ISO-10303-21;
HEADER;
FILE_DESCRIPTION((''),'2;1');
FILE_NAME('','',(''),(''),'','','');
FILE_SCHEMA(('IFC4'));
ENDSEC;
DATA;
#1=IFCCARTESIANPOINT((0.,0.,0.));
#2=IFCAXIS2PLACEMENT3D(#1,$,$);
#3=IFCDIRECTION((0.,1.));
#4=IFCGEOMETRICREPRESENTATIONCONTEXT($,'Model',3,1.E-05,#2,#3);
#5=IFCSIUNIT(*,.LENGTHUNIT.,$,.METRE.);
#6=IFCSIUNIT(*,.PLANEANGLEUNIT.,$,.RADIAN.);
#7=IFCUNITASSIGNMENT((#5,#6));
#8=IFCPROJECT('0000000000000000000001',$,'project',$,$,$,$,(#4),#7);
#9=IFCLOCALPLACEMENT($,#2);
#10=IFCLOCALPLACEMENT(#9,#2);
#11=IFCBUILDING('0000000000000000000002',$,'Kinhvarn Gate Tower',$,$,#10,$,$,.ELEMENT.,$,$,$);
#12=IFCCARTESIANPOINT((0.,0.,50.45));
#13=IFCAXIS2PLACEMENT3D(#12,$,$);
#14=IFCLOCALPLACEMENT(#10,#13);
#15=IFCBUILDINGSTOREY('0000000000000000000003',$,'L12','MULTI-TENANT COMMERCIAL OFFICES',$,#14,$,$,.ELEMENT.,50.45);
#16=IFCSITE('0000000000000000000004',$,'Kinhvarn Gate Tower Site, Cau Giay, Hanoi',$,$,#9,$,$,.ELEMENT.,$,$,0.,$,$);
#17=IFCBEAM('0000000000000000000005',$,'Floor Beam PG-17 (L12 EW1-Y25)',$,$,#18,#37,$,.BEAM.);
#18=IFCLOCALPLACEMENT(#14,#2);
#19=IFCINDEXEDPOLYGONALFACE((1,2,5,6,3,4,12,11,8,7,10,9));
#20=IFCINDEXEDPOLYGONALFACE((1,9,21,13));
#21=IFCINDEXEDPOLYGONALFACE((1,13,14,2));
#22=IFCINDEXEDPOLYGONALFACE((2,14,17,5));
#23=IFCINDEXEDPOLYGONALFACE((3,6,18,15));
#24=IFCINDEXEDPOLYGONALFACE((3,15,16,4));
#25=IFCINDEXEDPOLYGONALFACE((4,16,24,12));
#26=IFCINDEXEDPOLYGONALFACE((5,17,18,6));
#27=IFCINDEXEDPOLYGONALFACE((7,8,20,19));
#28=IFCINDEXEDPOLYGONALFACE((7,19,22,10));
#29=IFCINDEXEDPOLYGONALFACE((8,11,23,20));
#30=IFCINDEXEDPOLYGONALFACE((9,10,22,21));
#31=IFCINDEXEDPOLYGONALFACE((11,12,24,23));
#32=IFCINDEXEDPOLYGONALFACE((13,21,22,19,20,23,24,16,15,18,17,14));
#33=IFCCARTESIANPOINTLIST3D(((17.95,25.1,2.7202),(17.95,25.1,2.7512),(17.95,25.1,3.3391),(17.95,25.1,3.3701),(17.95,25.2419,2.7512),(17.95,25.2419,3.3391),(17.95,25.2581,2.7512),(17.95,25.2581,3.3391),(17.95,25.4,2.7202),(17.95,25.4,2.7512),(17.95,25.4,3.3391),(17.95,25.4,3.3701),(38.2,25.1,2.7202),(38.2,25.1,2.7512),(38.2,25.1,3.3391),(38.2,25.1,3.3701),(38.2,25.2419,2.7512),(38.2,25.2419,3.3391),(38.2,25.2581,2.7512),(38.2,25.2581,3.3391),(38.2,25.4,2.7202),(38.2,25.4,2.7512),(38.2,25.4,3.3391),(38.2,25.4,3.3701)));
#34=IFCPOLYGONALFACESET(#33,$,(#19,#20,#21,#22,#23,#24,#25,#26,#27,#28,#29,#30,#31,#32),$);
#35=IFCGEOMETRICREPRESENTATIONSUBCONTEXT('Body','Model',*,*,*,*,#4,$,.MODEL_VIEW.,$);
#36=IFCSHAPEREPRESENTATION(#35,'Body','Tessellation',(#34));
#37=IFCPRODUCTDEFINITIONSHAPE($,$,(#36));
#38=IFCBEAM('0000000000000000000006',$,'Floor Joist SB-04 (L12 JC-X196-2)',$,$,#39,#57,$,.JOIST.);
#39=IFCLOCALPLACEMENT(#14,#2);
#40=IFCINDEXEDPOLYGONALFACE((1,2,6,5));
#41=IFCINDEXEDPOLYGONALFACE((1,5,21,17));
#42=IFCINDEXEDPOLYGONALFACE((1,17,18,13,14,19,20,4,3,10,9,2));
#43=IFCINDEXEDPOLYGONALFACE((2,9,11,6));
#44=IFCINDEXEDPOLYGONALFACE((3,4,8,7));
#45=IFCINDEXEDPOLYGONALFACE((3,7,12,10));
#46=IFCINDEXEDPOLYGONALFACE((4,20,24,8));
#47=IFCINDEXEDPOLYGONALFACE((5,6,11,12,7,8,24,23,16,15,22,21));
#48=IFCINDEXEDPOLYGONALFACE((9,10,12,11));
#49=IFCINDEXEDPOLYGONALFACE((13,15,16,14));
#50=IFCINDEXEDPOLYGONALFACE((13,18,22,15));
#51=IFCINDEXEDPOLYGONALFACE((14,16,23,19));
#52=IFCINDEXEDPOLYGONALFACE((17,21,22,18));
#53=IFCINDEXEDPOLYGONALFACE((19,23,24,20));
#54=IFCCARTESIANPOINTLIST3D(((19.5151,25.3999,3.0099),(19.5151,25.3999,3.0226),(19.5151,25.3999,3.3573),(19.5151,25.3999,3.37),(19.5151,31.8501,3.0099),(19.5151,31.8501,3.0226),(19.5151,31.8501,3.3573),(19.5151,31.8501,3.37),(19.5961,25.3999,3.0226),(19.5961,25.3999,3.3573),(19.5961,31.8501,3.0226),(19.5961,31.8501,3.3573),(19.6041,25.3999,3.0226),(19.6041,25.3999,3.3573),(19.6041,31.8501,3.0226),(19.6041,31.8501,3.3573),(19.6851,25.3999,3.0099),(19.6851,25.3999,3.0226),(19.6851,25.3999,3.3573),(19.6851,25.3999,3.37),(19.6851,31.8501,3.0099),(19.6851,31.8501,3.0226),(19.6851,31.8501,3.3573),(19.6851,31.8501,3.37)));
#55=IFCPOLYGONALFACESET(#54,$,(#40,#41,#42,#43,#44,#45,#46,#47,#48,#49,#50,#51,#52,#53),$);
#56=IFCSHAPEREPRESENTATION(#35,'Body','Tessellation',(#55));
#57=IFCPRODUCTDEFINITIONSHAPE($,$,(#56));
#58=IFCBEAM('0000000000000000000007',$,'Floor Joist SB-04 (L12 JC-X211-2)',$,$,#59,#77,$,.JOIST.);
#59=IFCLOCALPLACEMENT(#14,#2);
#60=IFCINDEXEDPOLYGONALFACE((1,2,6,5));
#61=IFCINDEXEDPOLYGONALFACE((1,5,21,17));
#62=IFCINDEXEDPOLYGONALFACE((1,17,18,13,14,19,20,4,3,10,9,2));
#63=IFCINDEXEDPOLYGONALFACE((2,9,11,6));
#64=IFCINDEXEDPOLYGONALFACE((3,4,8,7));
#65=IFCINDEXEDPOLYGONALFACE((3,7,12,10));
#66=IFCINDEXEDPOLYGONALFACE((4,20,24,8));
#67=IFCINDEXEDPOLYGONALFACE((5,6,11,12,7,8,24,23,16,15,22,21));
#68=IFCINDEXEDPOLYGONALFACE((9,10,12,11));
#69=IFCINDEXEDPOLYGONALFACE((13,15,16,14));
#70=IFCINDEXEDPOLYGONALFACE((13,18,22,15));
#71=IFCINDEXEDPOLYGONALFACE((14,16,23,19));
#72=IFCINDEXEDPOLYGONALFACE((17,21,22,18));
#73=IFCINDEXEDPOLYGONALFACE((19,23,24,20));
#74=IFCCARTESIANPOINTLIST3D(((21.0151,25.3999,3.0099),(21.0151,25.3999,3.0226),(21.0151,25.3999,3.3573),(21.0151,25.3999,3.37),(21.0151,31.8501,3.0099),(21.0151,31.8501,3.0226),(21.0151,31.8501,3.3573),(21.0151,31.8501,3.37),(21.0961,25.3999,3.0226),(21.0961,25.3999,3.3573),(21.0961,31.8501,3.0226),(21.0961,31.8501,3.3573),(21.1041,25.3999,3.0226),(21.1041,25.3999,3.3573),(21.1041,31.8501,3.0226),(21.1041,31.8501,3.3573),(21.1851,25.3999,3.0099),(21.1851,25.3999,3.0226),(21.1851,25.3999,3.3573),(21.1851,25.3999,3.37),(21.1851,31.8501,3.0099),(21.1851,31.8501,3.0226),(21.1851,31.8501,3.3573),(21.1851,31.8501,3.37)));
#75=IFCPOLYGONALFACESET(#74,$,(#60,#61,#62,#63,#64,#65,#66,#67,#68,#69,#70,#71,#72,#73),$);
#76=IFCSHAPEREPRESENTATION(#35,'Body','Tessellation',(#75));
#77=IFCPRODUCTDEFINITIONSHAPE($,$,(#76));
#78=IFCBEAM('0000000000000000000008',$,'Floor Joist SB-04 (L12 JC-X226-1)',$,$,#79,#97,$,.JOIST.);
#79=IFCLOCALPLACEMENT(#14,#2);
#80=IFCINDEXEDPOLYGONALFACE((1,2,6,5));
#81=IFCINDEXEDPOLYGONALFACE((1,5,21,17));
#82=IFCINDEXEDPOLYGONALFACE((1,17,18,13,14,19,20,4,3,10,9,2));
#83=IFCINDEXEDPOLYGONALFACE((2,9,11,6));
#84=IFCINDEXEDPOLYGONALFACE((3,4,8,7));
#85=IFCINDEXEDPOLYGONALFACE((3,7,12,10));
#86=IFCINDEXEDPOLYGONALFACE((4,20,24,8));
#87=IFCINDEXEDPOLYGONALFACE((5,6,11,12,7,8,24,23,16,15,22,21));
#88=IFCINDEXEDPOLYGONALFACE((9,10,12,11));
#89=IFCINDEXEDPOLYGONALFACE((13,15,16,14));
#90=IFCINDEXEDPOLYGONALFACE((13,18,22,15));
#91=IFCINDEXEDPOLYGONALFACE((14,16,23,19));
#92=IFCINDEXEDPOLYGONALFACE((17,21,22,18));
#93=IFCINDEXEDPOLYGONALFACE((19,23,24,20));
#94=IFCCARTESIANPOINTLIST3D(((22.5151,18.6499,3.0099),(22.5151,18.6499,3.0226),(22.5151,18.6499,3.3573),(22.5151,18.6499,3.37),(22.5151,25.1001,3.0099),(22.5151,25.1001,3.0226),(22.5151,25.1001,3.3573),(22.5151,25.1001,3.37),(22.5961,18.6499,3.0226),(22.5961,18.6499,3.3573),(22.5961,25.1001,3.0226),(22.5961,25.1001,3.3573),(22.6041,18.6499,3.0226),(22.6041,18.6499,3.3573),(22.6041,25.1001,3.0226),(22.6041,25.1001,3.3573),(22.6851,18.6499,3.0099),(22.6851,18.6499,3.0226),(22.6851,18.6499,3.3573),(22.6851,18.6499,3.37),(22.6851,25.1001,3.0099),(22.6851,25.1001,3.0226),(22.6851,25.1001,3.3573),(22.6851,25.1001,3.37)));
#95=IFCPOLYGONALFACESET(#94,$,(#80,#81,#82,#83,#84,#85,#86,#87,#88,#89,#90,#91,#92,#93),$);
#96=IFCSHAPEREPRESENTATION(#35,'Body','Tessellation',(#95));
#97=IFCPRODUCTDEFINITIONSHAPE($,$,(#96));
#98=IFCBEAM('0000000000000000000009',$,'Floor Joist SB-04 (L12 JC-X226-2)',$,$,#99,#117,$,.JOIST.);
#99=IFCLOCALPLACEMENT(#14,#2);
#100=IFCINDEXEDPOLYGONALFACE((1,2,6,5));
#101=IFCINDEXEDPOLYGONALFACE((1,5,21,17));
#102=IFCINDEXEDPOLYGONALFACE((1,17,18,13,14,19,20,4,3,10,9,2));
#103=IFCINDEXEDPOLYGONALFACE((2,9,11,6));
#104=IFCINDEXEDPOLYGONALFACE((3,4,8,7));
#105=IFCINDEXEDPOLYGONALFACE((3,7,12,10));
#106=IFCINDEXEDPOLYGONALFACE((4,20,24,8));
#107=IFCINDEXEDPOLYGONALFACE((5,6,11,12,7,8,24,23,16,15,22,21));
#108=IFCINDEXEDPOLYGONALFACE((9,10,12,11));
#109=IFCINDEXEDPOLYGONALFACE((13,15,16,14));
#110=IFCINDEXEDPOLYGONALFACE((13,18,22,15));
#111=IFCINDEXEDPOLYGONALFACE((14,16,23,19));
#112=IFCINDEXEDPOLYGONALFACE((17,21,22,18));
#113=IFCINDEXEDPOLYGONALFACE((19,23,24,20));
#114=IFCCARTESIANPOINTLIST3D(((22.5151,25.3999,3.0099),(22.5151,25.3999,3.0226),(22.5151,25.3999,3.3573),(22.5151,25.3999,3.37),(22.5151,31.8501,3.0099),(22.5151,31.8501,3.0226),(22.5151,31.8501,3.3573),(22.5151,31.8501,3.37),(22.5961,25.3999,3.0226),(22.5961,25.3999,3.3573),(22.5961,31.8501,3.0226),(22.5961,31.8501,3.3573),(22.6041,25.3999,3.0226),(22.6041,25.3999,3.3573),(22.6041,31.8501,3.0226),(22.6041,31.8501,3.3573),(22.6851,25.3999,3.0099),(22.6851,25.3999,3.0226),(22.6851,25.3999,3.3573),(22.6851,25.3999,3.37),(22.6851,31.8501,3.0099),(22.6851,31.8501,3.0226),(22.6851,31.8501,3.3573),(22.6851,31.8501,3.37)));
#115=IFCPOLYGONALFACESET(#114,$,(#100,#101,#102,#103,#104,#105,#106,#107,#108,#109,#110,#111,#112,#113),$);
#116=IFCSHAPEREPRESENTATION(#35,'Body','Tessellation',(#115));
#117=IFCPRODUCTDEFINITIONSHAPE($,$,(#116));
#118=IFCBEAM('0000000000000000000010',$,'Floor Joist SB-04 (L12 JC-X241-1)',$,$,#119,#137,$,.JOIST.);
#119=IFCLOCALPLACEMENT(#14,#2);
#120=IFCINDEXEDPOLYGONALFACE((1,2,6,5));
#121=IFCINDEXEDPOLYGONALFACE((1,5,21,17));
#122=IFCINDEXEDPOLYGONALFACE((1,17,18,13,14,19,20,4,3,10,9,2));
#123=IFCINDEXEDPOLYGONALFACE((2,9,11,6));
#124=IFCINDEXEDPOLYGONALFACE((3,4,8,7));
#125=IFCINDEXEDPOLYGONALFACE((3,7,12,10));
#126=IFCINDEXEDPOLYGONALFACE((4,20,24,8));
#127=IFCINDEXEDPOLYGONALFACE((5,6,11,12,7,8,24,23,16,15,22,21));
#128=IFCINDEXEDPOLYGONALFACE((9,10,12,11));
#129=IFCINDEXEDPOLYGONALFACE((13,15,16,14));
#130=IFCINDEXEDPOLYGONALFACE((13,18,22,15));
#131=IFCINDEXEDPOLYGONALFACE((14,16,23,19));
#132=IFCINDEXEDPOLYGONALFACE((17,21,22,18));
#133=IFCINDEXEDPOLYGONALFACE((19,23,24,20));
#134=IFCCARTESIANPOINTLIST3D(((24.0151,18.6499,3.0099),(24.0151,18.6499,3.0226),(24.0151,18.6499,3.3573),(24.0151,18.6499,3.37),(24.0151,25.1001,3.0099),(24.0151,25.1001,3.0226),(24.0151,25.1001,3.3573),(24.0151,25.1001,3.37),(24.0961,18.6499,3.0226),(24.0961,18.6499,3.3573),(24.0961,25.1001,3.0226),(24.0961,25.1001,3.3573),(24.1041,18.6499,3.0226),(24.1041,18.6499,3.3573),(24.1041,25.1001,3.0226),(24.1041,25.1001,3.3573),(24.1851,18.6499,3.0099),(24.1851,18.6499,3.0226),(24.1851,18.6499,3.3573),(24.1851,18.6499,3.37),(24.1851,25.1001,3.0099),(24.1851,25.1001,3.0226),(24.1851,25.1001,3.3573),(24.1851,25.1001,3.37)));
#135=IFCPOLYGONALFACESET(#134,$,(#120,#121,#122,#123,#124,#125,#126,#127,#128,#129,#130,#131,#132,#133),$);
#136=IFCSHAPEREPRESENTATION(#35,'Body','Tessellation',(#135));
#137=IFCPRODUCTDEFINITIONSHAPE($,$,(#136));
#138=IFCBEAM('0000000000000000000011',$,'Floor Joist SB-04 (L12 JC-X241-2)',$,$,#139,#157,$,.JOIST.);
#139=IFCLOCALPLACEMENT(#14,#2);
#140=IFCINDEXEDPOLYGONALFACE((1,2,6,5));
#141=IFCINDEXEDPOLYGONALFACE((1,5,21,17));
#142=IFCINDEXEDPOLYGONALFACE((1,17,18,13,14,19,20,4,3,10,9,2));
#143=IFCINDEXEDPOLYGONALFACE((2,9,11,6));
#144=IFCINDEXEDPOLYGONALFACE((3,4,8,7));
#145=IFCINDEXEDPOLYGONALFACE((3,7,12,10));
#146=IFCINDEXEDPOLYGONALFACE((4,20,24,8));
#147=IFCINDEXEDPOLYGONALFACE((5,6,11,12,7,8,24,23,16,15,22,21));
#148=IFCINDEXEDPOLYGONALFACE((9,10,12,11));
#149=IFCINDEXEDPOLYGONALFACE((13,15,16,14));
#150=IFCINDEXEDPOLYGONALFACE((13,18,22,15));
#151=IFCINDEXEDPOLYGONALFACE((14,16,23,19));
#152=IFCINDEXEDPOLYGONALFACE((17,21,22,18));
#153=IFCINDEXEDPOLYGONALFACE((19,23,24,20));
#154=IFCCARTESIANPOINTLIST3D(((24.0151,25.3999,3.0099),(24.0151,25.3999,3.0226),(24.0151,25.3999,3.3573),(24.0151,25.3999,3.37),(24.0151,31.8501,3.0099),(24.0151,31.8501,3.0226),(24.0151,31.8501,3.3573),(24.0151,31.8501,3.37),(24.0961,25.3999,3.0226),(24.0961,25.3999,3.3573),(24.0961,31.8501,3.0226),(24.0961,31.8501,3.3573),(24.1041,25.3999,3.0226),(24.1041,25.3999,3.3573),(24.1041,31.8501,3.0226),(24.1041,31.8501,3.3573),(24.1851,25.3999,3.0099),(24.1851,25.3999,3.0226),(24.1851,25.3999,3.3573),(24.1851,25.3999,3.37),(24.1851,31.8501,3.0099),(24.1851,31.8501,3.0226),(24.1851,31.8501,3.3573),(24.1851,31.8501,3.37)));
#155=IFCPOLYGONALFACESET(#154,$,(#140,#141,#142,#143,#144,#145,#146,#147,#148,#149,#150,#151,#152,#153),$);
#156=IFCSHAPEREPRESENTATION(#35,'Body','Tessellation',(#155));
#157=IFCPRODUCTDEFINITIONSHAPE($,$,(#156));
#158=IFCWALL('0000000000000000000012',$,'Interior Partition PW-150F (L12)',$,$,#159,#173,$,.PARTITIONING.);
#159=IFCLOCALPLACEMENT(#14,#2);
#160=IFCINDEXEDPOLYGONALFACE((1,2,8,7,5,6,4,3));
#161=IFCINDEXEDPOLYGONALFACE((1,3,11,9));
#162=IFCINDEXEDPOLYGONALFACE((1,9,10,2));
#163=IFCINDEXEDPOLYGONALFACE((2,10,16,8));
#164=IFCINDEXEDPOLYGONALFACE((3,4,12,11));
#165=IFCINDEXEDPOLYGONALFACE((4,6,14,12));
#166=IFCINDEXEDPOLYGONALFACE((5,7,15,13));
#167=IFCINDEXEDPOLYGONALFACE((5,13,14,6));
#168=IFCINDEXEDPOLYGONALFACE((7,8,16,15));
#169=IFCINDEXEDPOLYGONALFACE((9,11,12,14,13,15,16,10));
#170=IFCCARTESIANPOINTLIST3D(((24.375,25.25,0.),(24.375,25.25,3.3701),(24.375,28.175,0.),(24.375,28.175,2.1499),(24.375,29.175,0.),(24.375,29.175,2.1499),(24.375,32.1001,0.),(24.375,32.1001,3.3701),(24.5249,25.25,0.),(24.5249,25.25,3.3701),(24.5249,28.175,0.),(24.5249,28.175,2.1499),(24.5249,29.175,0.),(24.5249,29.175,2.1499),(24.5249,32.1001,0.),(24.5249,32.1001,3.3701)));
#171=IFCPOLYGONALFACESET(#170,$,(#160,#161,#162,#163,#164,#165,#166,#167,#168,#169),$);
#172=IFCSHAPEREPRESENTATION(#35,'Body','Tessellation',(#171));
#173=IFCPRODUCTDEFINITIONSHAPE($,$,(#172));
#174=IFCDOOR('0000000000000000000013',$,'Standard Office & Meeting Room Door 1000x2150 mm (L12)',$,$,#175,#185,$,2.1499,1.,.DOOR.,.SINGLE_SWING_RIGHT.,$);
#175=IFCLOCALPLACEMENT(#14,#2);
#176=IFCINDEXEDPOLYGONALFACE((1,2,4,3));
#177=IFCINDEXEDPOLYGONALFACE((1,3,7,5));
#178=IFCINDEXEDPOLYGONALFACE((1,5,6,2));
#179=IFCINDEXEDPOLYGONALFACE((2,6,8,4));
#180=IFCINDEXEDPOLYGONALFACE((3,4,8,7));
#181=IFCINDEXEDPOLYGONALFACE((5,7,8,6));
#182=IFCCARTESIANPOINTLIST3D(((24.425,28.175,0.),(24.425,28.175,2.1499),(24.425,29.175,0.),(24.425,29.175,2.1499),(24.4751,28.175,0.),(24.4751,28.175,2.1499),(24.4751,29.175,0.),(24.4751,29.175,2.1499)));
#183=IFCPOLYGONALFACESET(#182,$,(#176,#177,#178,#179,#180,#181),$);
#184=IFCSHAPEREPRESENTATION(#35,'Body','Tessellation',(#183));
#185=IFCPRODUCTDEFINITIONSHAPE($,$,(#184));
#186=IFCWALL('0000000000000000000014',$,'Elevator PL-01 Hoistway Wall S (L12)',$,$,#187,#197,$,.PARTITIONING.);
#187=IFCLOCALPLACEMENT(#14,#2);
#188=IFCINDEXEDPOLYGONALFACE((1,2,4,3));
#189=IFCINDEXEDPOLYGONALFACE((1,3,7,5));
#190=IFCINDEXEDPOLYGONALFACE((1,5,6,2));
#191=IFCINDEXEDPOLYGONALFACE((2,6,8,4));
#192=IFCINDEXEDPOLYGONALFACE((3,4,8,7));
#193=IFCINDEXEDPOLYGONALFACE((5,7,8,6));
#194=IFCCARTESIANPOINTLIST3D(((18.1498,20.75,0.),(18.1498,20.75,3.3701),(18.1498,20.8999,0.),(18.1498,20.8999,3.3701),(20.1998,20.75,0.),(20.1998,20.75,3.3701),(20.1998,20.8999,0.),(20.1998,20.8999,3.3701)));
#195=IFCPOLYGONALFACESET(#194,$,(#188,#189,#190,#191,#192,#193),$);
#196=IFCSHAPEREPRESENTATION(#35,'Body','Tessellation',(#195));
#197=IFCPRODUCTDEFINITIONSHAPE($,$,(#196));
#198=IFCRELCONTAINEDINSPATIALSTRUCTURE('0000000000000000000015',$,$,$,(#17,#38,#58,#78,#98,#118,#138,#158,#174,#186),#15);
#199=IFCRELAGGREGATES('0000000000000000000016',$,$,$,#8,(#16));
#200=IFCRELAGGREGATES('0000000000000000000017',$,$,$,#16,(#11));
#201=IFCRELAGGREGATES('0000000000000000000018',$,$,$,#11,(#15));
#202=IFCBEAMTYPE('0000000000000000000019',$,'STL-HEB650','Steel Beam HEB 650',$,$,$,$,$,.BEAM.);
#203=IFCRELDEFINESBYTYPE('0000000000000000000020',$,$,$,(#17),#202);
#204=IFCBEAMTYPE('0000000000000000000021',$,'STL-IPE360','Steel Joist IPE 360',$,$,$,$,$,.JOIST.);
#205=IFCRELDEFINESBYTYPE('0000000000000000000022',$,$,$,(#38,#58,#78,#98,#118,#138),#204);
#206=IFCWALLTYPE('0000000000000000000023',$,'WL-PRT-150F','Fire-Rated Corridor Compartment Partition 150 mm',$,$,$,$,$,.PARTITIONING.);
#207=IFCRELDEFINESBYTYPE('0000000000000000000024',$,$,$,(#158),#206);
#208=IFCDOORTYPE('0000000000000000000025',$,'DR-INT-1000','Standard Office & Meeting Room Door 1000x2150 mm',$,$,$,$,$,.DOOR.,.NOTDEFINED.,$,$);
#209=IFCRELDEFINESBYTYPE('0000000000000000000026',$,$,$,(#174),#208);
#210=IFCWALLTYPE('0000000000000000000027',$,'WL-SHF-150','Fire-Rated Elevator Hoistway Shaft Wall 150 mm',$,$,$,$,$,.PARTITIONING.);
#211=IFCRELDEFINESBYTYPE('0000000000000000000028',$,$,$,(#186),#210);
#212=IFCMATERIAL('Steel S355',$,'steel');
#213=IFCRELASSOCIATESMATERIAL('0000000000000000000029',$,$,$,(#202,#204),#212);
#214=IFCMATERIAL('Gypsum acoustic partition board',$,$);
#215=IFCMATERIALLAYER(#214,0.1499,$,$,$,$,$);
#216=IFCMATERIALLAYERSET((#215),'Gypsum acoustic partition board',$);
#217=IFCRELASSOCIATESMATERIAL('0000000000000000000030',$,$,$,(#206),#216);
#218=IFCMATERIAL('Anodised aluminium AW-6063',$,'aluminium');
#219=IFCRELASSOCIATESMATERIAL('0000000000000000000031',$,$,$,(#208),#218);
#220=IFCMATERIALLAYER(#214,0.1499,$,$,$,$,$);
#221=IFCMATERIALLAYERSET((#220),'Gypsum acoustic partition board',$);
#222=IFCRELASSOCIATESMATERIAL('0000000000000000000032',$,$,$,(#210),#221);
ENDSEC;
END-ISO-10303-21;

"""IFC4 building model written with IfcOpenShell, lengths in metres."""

from ifc_helpers import new_model, si_unit, direction, frame, frame_2d, origin, origin_2d, place, context, subcontext, project, spatial, rectangle, i_section, extrude, material, layer, layer_set, material_profile, profile_set, type_object, element, fill, save


model = new_model("IFC4")

# Units and contexts
model_context = context("Model", 3, precision=1e-05, world=origin(), true_north=direction((0.0, 1.0)))
body_context = subcontext(model_context, "Body", "Model", "MODEL_VIEW")
ifc_project = project(units=[si_unit("LENGTHUNIT", "METRE"), si_unit("PLANEANGLEUNIT", "RADIAN")], contexts=[model_context])

# Site, building, storey
site_placement = place(None, origin())
site = spatial("IfcSite", under=ifc_project, at=site_placement, Name="Kinhvarn Gate Tower Site, Cau Giay, Hanoi", CompositionType="ELEMENT", RefElevation=0.0)
building_placement = place(site_placement, origin())
building = spatial("IfcBuilding", under=site, at=building_placement, Name="Kinhvarn Gate Tower", CompositionType="ELEMENT")
storey_placement = place(building_placement, frame((0.0, 0.0, 50.45)))
storey = spatial("IfcBuildingStorey", under=building, at=storey_placement, Name="L12", Description="MULTI-TENANT COMMERCIAL OFFICES", CompositionType="ELEMENT", Elevation=50.45)

# Beams
ifc_material_1 = material(Name="Steel S355", Category="steel")
ifc_material_profile_1 = material_profile(ifc_material_1, i_section(OverallWidth=0.3, OverallDepth=0.6499, WebThickness=0.0161, FlangeThickness=0.031, at=origin_2d()), Name="HEB 650")
ifc_profile_set_1 = profile_set([ifc_material_profile_1], Name="Steel S355")
beam_type_1 = type_object("IfcBeamType", Name="STL-HEB650", Description="Steel Beam HEB 650", PredefinedType="BEAM", material=ifc_profile_set_1)
beam_placement = place(storey_placement, frame((17.95, 25.25, 3.0452), z_axis=(1.0, 0.0, 0.0), x_axis=(0.0, 1.0, 0.0)))
element("IfcBeam", 1, at=beam_placement, inside=storey, type_object=beam_type_1, Name="Floor Beam PG-17 (L12 EW1-Y25)", PredefinedType="BEAM", context=body_context, shape_type="SweptSolid", body=[
    extrude(i_section(OverallWidth=0.3, OverallDepth=0.6499, WebThickness=0.0161, FlangeThickness=0.031, at=origin_2d()), origin(), (0.0, 0.0, 1.0), 20.25),
])
ifc_material_profile_2 = material_profile(ifc_material_1, i_section(OverallWidth=0.1699, OverallDepth=0.3601, WebThickness=0.0081, FlangeThickness=0.0127, at=origin_2d()), Name="IPE 360")
ifc_profile_set_2 = profile_set([ifc_material_profile_2], Name="Steel S355")
beam_type_2 = type_object("IfcBeamType", Name="STL-IPE360", Description="Steel Joist IPE 360", PredefinedType="JOIST", material=ifc_profile_set_2)
for number, where, z_axis, x_axis, name in (
    (2, (19.6001, 25.3999, 3.1899), (0.0, 1.0, 0.0), (-1.0, 0.0, 0.0), "Floor Joist SB-04 (L12 JC-X196-2)"),
    (3, (21.1001, 25.3999, 3.1899), (0.0, 1.0, 0.0), (-1.0, 0.0, 0.0), "Floor Joist SB-04 (L12 JC-X211-2)"),
    (4, (22.6001, 18.6499, 3.1899), (0.0, 1.0, 0.0), (-1.0, 0.0, 0.0), "Floor Joist SB-04 (L12 JC-X226-1)"),
    (5, (22.6001, 25.3999, 3.1899), (0.0, 1.0, 0.0), (-1.0, 0.0, 0.0), "Floor Joist SB-04 (L12 JC-X226-2)"),
    (6, (24.1001, 18.6499, 3.1899), (0.0, 1.0, 0.0), (-1.0, 0.0, 0.0), "Floor Joist SB-04 (L12 JC-X241-1)"),
    (7, (24.1001, 25.3999, 3.1899), (0.0, 1.0, 0.0), (-1.0, 0.0, 0.0), "Floor Joist SB-04 (L12 JC-X241-2)"),
):
    element("IfcBeam", number, at=place(storey_placement, frame(where, z_axis=z_axis, x_axis=x_axis)), inside=storey, type_object=beam_type_2, Name=name, PredefinedType="JOIST", context=body_context, shape_type="SweptSolid", body=[
        extrude(i_section(OverallWidth=0.1699, OverallDepth=0.3601, WebThickness=0.0081, FlangeThickness=0.0127, at=origin_2d()), origin(), (0.0, 0.0, 1.0), 6.4502),
    ])

# Wall, opening, door
ifc_material_2 = material(Name="Gypsum acoustic partition board")
ifc_layer_1 = layer(ifc_material_2, 0.1499)
ifc_layer_set_1 = layer_set([ifc_layer_1], Name="Gypsum acoustic partition board")
wall_type_1 = type_object("IfcWallType", Name="WL-PRT-150F", Description="Fire-Rated Corridor Compartment Partition 150 mm", PredefinedType="PARTITIONING", material=ifc_layer_set_1)
wall_1_placement = place(storey_placement, frame((24.45, 25.25, 0.0), z_axis=(0.0, 0.0, 1.0), x_axis=(0.0, 1.0, 0.0)))
wall_1 = element("IfcWall", 8, at=wall_1_placement, inside=storey, type_object=wall_type_1, Name="Interior Partition PW-150F (L12)", PredefinedType="PARTITIONING", context=body_context, shape_type="SweptSolid", body=[
    extrude(rectangle(XDim=6.8501, YDim=0.1499, at=frame_2d((3.425, 0.0))), origin(), (0.0, 0.0, 1.0), 3.3701),
])
opening_1_placement = place(wall_1_placement, frame((2.925, 0.0, 0.0)))
opening_1 = element("IfcOpeningElement", 9, at=opening_1_placement, cuts=wall_1, PredefinedType="OPENING", context=body_context, shape_type="SweptSolid", body=[
    extrude(rectangle(XDim=1.0, YDim=2.1499, at=frame_2d((0.5, 1.075))), frame((0.0, 0.085, 0.0), z_axis=(0.0, -1.0, 0.0), x_axis=(1.0, 0.0, 0.0)), (0.0, 0.0, 1.0), 0.1699),
])
ifc_material_3 = material(Name="Anodised aluminium AW-6063", Category="aluminium")
door_type_1 = type_object("IfcDoorType", Name="DR-INT-1000", Description="Standard Office & Meeting Room Door 1000x2150 mm", OperationType="NOTDEFINED", PredefinedType="DOOR", material=ifc_material_3)
door_1_placement = place(opening_1_placement, origin())
door_1 = element("IfcDoor", 10, at=door_1_placement, inside=storey, type_object=door_type_1, Name="Standard Office & Meeting Room Door 1000x2150 mm (L12)", OperationType="SINGLE_SWING_RIGHT", OverallHeight=2.1499, OverallWidth=1.0, PredefinedType="DOOR", context=body_context, shape_type="SweptSolid", body=[
    extrude(rectangle(XDim=1.0, YDim=2.1499, at=frame_2d((0.5, 1.075))), frame((0.0, 0.0249, 0.0), z_axis=(0.0, -1.0, 0.0), x_axis=(1.0, 0.0, 0.0)), (0.0, 0.0, 1.0), 0.05),
])
fill(opening_1, door_1)

# Wall
ifc_layer_2 = layer(ifc_material_2, 0.1499)
ifc_layer_set_2 = layer_set([ifc_layer_2], Name="Gypsum acoustic partition board")
wall_type_2 = type_object("IfcWallType", Name="WL-SHF-150", Description="Fire-Rated Elevator Hoistway Shaft Wall 150 mm", PredefinedType="PARTITIONING", material=ifc_layer_set_2)
wall_2_placement = place(storey_placement, frame((18.1499, 20.825, 0.0), z_axis=(0.0, 0.0, 1.0), x_axis=(1.0, 0.0, 0.0)))
element("IfcWall", 11, at=wall_2_placement, inside=storey, type_object=wall_type_2, Name="Elevator PL-01 Hoistway Wall S (L12)", PredefinedType="PARTITIONING", context=body_context, shape_type="SweptSolid", body=[
    extrude(rectangle(XDim=2.05, YDim=0.1499, at=frame_2d((1.0249, 0.0))), origin(), (0.0, 0.0, 1.0), 3.3701),
])

save(model, "model.ifc")
